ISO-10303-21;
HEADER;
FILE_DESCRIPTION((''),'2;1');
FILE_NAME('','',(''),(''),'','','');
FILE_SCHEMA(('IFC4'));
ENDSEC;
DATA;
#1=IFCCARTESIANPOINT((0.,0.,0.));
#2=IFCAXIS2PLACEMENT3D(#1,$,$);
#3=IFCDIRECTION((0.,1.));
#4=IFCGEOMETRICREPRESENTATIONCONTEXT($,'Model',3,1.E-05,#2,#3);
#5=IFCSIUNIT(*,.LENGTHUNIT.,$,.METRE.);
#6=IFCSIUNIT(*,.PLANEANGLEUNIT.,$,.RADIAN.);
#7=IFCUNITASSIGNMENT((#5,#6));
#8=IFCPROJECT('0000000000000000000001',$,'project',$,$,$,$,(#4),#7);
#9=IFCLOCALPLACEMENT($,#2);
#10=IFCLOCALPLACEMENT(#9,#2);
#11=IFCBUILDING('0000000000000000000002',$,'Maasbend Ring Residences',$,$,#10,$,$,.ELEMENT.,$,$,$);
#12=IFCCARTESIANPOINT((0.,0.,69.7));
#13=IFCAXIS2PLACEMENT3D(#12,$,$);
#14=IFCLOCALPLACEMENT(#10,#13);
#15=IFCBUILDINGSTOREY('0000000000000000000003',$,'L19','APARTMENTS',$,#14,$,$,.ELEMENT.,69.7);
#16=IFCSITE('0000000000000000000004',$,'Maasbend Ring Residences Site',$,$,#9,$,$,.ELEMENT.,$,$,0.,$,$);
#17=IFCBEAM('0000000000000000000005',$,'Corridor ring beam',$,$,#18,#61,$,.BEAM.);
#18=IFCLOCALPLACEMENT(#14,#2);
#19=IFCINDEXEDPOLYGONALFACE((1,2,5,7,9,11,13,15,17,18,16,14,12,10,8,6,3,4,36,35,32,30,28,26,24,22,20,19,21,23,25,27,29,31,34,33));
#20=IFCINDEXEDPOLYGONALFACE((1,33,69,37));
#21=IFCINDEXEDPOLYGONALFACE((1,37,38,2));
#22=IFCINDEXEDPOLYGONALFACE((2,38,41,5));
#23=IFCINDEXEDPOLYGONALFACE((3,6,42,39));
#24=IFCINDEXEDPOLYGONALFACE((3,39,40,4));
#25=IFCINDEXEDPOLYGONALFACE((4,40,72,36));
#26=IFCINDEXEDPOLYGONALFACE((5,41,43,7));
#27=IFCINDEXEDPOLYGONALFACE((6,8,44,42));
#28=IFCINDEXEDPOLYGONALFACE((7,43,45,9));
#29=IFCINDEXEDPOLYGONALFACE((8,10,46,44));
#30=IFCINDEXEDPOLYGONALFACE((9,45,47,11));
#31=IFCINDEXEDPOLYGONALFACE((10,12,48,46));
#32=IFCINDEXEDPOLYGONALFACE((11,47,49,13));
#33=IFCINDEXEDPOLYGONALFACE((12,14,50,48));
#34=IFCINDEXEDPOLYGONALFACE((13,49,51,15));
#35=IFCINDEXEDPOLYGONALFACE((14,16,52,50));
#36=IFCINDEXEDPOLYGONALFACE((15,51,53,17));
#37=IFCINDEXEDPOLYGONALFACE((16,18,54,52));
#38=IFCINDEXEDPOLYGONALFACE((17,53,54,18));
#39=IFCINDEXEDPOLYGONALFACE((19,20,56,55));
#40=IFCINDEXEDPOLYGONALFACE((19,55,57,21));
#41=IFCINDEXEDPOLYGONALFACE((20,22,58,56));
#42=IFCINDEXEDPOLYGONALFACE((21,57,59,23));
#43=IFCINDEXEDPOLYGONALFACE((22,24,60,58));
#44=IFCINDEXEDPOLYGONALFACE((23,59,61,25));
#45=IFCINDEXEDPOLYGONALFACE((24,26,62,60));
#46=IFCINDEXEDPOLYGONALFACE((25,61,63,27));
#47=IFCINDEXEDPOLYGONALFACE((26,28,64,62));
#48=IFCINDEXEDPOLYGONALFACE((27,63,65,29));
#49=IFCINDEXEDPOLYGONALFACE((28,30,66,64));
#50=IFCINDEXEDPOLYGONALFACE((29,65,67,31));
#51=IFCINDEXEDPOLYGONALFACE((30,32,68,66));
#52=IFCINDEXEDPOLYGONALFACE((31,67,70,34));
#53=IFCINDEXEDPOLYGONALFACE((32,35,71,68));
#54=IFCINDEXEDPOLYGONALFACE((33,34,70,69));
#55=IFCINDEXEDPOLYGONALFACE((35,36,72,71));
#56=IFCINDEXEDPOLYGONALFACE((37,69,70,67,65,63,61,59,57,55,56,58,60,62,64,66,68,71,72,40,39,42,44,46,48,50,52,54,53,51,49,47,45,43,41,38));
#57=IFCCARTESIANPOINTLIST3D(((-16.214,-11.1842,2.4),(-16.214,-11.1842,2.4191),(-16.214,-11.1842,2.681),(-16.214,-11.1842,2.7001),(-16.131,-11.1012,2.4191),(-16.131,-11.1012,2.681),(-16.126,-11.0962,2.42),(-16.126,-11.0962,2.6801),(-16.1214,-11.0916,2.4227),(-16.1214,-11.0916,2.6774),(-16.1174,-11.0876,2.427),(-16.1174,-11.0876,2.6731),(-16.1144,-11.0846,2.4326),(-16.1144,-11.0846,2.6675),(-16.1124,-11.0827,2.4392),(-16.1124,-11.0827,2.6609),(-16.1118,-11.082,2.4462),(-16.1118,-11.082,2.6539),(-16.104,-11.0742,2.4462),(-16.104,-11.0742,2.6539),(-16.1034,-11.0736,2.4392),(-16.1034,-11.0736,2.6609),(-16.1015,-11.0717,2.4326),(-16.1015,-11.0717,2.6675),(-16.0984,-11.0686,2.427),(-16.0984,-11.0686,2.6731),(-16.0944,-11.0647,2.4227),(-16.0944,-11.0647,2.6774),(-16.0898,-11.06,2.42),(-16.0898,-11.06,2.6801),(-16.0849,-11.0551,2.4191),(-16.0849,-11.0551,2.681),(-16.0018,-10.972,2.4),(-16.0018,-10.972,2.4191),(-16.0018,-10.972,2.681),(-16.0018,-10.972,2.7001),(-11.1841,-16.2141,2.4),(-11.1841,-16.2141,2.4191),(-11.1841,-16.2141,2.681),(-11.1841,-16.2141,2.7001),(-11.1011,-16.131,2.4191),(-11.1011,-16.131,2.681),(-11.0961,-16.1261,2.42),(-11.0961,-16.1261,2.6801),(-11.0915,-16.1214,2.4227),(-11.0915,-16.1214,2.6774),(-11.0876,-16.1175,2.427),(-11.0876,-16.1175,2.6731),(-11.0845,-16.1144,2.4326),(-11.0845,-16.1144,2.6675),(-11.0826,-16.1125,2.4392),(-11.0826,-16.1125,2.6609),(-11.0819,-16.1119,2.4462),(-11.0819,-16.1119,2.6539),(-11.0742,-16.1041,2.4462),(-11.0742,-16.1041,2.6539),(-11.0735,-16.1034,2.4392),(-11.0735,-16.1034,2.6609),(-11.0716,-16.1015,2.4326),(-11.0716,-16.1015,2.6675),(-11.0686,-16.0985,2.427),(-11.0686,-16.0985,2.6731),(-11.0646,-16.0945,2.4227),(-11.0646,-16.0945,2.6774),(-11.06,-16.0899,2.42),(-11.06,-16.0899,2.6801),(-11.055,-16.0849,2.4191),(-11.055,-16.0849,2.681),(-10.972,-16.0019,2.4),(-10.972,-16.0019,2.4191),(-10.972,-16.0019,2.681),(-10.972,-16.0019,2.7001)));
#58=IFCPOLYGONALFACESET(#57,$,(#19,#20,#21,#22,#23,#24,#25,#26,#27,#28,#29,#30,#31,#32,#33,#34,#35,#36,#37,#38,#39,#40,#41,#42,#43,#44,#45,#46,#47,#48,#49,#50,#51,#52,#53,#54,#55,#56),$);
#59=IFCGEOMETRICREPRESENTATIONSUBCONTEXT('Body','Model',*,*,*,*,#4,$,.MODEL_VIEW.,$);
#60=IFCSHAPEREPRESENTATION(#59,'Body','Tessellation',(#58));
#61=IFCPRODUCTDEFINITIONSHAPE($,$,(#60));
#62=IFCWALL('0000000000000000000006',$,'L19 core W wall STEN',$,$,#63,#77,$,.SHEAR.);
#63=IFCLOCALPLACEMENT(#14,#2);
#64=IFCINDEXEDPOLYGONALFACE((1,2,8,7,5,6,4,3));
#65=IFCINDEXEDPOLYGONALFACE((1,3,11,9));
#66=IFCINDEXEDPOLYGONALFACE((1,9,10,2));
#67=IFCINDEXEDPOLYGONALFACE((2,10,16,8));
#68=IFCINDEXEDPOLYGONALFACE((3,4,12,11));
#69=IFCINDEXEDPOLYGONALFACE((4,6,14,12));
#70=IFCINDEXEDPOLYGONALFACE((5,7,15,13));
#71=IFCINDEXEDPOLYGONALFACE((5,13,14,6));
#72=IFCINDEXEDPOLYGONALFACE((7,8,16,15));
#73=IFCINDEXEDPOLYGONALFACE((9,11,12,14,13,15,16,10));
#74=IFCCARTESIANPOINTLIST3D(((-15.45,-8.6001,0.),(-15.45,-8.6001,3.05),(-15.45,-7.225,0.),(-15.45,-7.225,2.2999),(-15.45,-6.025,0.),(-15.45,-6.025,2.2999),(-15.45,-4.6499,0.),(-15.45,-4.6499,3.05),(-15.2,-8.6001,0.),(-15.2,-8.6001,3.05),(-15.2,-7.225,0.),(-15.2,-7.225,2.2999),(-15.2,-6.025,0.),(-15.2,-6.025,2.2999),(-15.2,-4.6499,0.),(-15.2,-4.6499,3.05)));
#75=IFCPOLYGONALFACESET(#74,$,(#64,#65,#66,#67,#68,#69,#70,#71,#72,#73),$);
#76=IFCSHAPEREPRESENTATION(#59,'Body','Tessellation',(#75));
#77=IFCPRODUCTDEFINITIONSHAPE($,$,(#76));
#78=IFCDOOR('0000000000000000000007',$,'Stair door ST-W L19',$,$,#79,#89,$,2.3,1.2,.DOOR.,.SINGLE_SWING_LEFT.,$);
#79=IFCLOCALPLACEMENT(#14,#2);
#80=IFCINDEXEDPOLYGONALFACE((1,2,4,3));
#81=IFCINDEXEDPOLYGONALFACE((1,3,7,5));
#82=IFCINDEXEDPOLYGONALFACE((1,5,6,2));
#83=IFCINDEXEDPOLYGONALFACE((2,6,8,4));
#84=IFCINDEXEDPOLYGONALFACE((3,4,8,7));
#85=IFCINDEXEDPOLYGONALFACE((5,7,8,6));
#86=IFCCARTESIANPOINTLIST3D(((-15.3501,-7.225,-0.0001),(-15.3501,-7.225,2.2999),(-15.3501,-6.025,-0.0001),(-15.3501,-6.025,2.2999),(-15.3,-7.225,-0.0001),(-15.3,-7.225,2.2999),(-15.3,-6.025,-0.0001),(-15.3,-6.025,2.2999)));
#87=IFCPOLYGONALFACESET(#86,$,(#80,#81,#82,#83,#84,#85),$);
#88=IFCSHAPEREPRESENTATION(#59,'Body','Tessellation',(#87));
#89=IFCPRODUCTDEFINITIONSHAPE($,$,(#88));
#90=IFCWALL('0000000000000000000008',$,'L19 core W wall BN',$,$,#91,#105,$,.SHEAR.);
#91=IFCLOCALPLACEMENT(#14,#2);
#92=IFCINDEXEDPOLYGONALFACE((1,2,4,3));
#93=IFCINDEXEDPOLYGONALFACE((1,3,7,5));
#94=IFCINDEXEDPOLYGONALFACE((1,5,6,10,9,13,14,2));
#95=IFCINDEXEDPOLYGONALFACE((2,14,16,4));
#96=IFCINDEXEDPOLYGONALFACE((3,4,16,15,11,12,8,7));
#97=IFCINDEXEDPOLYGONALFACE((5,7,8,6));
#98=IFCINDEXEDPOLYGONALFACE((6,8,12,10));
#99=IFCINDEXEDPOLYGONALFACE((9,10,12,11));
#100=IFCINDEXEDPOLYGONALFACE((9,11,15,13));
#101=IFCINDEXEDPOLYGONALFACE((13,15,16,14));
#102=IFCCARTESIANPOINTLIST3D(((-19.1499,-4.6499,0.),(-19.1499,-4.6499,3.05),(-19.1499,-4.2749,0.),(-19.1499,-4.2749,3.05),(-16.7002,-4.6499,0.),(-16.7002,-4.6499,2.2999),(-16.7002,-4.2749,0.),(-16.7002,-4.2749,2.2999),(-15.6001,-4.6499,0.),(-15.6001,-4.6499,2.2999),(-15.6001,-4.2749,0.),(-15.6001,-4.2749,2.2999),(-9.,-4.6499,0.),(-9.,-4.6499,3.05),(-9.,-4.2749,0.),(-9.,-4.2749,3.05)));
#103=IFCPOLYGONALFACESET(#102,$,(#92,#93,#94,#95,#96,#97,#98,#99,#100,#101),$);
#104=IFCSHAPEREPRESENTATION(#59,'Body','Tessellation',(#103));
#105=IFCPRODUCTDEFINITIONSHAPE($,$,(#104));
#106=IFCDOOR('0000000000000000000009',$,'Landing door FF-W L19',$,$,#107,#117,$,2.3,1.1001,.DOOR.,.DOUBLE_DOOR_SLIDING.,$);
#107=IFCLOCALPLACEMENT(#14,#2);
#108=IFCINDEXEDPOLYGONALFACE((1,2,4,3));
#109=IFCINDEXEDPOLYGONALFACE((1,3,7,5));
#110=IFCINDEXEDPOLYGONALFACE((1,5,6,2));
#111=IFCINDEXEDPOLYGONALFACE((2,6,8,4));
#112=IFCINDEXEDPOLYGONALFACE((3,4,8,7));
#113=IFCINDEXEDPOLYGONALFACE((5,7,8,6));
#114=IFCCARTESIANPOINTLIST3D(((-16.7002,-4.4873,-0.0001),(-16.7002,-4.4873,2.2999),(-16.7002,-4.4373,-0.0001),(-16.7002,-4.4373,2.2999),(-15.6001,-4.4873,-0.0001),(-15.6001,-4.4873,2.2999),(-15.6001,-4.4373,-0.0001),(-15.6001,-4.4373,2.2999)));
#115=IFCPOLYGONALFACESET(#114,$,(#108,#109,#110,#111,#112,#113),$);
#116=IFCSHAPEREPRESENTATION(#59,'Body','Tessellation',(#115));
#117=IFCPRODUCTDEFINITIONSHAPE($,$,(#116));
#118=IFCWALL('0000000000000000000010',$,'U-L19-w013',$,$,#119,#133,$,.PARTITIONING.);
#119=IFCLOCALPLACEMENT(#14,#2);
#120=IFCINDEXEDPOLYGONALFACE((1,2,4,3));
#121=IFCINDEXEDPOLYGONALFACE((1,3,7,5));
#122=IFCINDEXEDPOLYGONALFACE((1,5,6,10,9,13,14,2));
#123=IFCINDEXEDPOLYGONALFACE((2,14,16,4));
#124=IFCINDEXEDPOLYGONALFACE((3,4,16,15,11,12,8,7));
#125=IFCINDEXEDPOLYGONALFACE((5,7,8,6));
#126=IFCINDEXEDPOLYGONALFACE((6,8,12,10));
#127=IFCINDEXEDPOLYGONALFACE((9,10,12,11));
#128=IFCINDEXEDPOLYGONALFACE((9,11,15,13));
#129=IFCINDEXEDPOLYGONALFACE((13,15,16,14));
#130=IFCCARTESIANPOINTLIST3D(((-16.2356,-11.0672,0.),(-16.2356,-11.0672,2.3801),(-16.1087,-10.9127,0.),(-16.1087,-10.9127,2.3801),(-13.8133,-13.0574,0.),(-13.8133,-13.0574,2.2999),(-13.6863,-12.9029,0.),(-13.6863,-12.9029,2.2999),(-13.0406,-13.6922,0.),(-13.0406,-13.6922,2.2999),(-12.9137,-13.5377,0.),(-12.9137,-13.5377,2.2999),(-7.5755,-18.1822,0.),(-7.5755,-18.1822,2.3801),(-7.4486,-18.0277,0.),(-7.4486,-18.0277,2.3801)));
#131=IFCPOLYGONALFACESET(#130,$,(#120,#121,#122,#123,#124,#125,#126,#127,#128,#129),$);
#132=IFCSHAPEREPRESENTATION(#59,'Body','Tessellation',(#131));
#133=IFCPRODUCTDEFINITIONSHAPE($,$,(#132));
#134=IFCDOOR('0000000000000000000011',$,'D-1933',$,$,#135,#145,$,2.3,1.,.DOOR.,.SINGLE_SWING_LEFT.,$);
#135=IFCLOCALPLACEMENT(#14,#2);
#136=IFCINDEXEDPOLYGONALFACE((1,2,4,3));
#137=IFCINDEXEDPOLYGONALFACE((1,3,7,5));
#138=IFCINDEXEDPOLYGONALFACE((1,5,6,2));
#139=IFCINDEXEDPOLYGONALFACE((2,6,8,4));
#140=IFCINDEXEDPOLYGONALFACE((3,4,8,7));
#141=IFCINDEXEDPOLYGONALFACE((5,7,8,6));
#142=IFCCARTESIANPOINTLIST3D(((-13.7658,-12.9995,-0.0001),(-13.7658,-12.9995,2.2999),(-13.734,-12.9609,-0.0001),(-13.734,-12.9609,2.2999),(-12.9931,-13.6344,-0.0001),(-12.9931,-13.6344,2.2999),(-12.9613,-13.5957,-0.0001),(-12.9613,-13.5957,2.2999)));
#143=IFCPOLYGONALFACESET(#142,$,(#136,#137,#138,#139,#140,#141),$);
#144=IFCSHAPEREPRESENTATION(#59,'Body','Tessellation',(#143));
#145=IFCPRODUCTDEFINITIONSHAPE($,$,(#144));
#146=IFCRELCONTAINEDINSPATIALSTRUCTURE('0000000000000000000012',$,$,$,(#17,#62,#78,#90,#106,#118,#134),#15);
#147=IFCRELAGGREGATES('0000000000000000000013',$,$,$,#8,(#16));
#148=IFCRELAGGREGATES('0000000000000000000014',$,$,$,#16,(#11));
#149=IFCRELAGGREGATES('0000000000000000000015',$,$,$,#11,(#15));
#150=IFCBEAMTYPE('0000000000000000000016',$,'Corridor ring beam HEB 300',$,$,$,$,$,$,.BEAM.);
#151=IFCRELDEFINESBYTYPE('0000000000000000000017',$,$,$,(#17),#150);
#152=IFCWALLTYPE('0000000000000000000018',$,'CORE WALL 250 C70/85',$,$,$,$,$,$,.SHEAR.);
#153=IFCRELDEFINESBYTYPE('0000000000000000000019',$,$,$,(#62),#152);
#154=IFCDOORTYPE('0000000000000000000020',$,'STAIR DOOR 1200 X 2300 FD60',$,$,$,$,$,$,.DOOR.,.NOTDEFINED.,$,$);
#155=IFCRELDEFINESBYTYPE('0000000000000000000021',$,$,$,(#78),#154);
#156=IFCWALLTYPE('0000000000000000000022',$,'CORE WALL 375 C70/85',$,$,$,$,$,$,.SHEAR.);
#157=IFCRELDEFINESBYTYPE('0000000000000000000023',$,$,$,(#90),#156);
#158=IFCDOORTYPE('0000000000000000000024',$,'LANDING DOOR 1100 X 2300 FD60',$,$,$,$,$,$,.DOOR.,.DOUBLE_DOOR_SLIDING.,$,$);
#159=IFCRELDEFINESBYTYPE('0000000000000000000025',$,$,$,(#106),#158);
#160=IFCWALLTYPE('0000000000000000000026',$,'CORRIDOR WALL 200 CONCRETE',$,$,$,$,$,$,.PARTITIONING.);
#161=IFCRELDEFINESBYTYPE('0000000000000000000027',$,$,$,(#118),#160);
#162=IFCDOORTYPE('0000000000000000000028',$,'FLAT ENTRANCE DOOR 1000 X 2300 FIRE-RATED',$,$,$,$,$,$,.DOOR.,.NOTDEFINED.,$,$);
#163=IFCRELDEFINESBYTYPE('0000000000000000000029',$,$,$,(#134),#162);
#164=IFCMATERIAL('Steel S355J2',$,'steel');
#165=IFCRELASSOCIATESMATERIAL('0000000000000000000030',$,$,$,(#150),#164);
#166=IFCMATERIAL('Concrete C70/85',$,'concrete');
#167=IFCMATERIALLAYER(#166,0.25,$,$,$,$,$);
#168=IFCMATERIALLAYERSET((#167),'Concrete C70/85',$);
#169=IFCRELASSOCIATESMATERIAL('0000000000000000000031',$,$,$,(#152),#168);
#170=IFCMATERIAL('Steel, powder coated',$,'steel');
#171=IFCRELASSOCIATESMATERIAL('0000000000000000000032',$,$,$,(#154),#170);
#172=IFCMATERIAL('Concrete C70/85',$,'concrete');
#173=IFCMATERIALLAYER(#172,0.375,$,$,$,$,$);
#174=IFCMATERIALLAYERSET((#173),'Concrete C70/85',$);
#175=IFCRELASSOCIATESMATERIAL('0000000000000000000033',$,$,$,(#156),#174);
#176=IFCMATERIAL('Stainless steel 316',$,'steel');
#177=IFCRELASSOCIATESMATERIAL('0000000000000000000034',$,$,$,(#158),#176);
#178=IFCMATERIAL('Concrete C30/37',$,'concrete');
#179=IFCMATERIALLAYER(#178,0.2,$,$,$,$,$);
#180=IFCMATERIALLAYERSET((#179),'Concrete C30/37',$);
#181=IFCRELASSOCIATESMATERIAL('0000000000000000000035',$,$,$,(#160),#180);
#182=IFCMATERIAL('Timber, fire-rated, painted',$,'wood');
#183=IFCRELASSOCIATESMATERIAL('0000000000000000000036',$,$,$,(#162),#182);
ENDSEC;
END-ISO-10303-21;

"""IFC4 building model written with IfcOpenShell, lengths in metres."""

from ifc_helpers import new_model, si_unit, direction, frame, frame_2d, origin, origin_2d, place, context, subcontext, project, spatial, rectangle, i_section, extrude, material, layer, layer_set, material_profile, profile_set, type_object, element, fill, save


model = new_model("IFC4")

# Units and contexts
model_context = context("Model", 3, precision=1e-05, world=origin(), true_north=direction((0.0, 1.0)))
body_context = subcontext(model_context, "Body", "Model", "MODEL_VIEW")
ifc_project = project(units=[si_unit("LENGTHUNIT", "METRE"), si_unit("PLANEANGLEUNIT", "RADIAN")], contexts=[model_context])

# Site, building, storey
site_placement = place(None, origin())
site = spatial("IfcSite", under=ifc_project, at=site_placement, Name="Maasbend Ring Residences Site", CompositionType="ELEMENT", RefElevation=0.0)
building_placement = place(site_placement, origin())
building = spatial("IfcBuilding", under=site, at=building_placement, Name="Maasbend Ring Residences", CompositionType="ELEMENT")
storey_placement = place(building_placement, frame((0.0, 0.0, 69.7)))
storey = spatial("IfcBuildingStorey", under=building, at=storey_placement, Name="L19", Description="APARTMENTS", CompositionType="ELEMENT", Elevation=69.7)

# Beam
ifc_material_1 = material(Name="Steel S355J2", Category="steel")
ifc_material_profile = material_profile(ifc_material_1, i_section(OverallWidth=0.3, OverallDepth=0.3, WebThickness=0.011, FlangeThickness=0.019, FilletRadius=0.0271, at=origin_2d()), Name="HEB 300")
ifc_profile_set = profile_set([ifc_material_profile], Name="Steel S355J2")
beam_type = type_object("IfcBeamType", Name="Corridor ring beam HEB 300", PredefinedType="BEAM", material=ifc_profile_set)
beam_placement = place(storey_placement, frame((-16.1079, -11.0781, 2.55), z_axis=(0.707107, -0.707107, 0.0), x_axis=(0.707107, 0.707107, 0.0)))
element("IfcBeam", 1, at=beam_placement, inside=storey, type_object=beam_type, Name="Corridor ring beam", PredefinedType="BEAM", context=body_context, shape_type="SweptSolid", body=[
    extrude(i_section(OverallWidth=0.3, OverallDepth=0.3, WebThickness=0.011, FlangeThickness=0.019, FilletRadius=0.0271, at=origin_2d()), origin(), (0.0, 0.0, 1.0), 7.1133),
])

# Walls, openings, doors
ifc_material_2 = material(Name="Concrete C70/85", Category="concrete")
ifc_layer_1 = layer(ifc_material_2, 0.25)
ifc_layer_set_1 = layer_set([ifc_layer_1], Name="Concrete C70/85")
wall_type_1 = type_object("IfcWallType", Name="CORE WALL 250 C70/85", PredefinedType="SHEAR", material=ifc_layer_set_1)
wall_1_placement = place(storey_placement, frame((-15.325, -4.6499, 0.0), z_axis=(0.0, 0.0, 1.0), x_axis=(0.0, -1.0, 0.0)))
wall_1 = element("IfcWall", 2, at=wall_1_placement, inside=storey, type_object=wall_type_1, Name="L19 core W wall STEN", PredefinedType="SHEAR", context=body_context, shape_type="SweptSolid", body=[
    extrude(rectangle(XDim=3.9502, YDim=0.25, at=frame_2d((1.9751, 0.0))), origin(), (0.0, 0.0, 1.0), 3.05),
])
opening_1_placement = place(wall_1_placement, frame((1.375, 0.0, 0.0)))
opening_1 = element("IfcOpeningElement", 3, at=opening_1_placement, cuts=wall_1, PredefinedType="OPENING", context=body_context, shape_type="SweptSolid", body=[
    extrude(rectangle(XDim=1.2, YDim=2.3, at=frame_2d((0.6001, 1.1499))), frame((0.0, 0.135, 0.0), z_axis=(0.0, -1.0, 0.0), x_axis=(1.0, 0.0, 0.0)), (0.0, 0.0, 1.0), 0.27),
])
ifc_material_3 = material(Name="Steel, powder coated", Category="steel")
door_type_1 = type_object("IfcDoorType", Name="STAIR DOOR 1200 X 2300 FD60", OperationType="NOTDEFINED", PredefinedType="DOOR", material=ifc_material_3)
door_1_placement = place(opening_1_placement, origin())
door_1 = element("IfcDoor", 4, at=door_1_placement, inside=storey, type_object=door_type_1, Name="Stair door ST-W L19", OperationType="SINGLE_SWING_LEFT", OverallHeight=2.3, OverallWidth=1.2, PredefinedType="DOOR", context=body_context, shape_type="SweptSolid", body=[
    extrude(rectangle(XDim=1.2, YDim=2.3, at=frame_2d((0.6001, 1.1499))), frame((0.0, 0.0249, 0.0), z_axis=(0.0, -1.0, 0.0), x_axis=(1.0, 0.0, 0.0)), (0.0, 0.0, 1.0), 0.05),
])
fill(opening_1, door_1)
ifc_material_4 = material(Name="Concrete C70/85", Category="concrete")
ifc_layer_2 = layer(ifc_material_4, 0.375)
ifc_layer_set_2 = layer_set([ifc_layer_2], Name="Concrete C70/85")
wall_type_2 = type_object("IfcWallType", Name="CORE WALL 375 C70/85", PredefinedType="SHEAR", material=ifc_layer_set_2)
wall_2_placement = place(storey_placement, frame((-9.0, -4.4624, 0.0), z_axis=(0.0, 0.0, 1.0), x_axis=(-1.0, 0.0, 0.0)))
wall_2 = element("IfcWall", 5, at=wall_2_placement, inside=storey, type_object=wall_type_2, Name="L19 core W wall BN", PredefinedType="SHEAR", context=body_context, shape_type="SweptSolid", body=[
    extrude(rectangle(XDim=10.1499, YDim=0.375, at=frame_2d((5.075, 0.0))), origin(), (0.0, 0.0, 1.0), 3.05),
])
opening_2_placement = place(wall_2_placement, frame((6.6001, 0.0, 0.0)))
opening_2 = element("IfcOpeningElement", 6, at=opening_2_placement, cuts=wall_2, PredefinedType="OPENING", context=body_context, shape_type="SweptSolid", body=[
    extrude(rectangle(XDim=1.1001, YDim=2.3, at=frame_2d((0.55, 1.1499))), frame((0.0, 0.1975, 0.0), z_axis=(0.0, -1.0, 0.0), x_axis=(1.0, 0.0, 0.0)), (0.0, 0.0, 1.0), 0.395),
])
ifc_material_5 = material(Name="Stainless steel 316", Category="steel")
door_type_2 = type_object("IfcDoorType", Name="LANDING DOOR 1100 X 2300 FD60", OperationType="DOUBLE_DOOR_SLIDING", PredefinedType="DOOR", material=ifc_material_5)
door_2_placement = place(opening_2_placement, origin())
door_2 = element("IfcDoor", 7, at=door_2_placement, inside=storey, type_object=door_type_2, Name="Landing door FF-W L19", OperationType="DOUBLE_DOOR_SLIDING", OverallHeight=2.3, OverallWidth=1.1001, PredefinedType="DOOR", context=body_context, shape_type="SweptSolid", body=[
    extrude(rectangle(XDim=1.1001, YDim=2.3, at=frame_2d((0.55, 1.1499))), frame((0.0, 0.0249, 0.0), z_axis=(0.0, -1.0, 0.0), x_axis=(1.0, 0.0, 0.0)), (0.0, 0.0, 1.0), 0.05),
])
fill(opening_2, door_2)
ifc_material_6 = material(Name="Concrete C30/37", Category="concrete")
ifc_layer_3 = layer(ifc_material_6, 0.2)
ifc_layer_set_3 = layer_set([ifc_layer_3], Name="Concrete C30/37")
wall_type_3 = type_object("IfcWallType", Name="CORRIDOR WALL 200 CONCRETE", PredefinedType="PARTITIONING", material=ifc_layer_set_3)
wall_3_placement = place(storey_placement, frame((-16.1721, -10.99, 0.0), z_axis=(0.0, 0.0, 1.0), x_axis=(0.77267, -0.634808, 0.0)))
wall_3 = element("IfcWall", 8, at=wall_3_placement, inside=storey, type_object=wall_type_3, Name="U-L19-w013", PredefinedType="PARTITIONING", context=body_context, shape_type="SweptSolid", body=[
    extrude(rectangle(XDim=11.208, YDim=0.2, at=frame_2d((5.604, 0.0))), origin(), (0.0, 0.0, 1.0), 2.3801),
])
opening_3_placement = place(wall_3_placement, frame((3.135, 0.0, 0.0)))
opening_3 = element("IfcOpeningElement", 9, at=opening_3_placement, cuts=wall_3, PredefinedType="OPENING", context=body_context, shape_type="SweptSolid", body=[
    extrude(rectangle(XDim=1.0, YDim=2.3, at=frame_2d((0.5, 1.1499))), frame((0.0, 0.1099, 0.0), z_axis=(0.0, -1.0, 0.0), x_axis=(1.0, 0.0, 0.0)), (0.0, 0.0, 1.0), 0.22),
])
ifc_material_7 = material(Name="Timber, fire-rated, painted", Category="wood")
door_type_3 = type_object("IfcDoorType", Name="FLAT ENTRANCE DOOR 1000 X 2300 FIRE-RATED", OperationType="NOTDEFINED", PredefinedType="DOOR", material=ifc_material_7)
door_3_placement = place(opening_3_placement, origin())
door_3 = element("IfcDoor", 10, at=door_3_placement, inside=storey, type_object=door_type_3, Name="D-1933", OperationType="SINGLE_SWING_LEFT", OverallHeight=2.3, OverallWidth=1.0, PredefinedType="DOOR", context=body_context, shape_type="SweptSolid", body=[
    extrude(rectangle(XDim=1.0, YDim=2.3, at=frame_2d((0.5, 1.1499))), frame((0.0, 0.0249, 0.0), z_axis=(0.0, -1.0, 0.0), x_axis=(1.0, 0.0, 0.0)), (0.0, 0.0, 1.0), 0.05),
])
fill(opening_3, door_3)

save(model, "model.ifc")
